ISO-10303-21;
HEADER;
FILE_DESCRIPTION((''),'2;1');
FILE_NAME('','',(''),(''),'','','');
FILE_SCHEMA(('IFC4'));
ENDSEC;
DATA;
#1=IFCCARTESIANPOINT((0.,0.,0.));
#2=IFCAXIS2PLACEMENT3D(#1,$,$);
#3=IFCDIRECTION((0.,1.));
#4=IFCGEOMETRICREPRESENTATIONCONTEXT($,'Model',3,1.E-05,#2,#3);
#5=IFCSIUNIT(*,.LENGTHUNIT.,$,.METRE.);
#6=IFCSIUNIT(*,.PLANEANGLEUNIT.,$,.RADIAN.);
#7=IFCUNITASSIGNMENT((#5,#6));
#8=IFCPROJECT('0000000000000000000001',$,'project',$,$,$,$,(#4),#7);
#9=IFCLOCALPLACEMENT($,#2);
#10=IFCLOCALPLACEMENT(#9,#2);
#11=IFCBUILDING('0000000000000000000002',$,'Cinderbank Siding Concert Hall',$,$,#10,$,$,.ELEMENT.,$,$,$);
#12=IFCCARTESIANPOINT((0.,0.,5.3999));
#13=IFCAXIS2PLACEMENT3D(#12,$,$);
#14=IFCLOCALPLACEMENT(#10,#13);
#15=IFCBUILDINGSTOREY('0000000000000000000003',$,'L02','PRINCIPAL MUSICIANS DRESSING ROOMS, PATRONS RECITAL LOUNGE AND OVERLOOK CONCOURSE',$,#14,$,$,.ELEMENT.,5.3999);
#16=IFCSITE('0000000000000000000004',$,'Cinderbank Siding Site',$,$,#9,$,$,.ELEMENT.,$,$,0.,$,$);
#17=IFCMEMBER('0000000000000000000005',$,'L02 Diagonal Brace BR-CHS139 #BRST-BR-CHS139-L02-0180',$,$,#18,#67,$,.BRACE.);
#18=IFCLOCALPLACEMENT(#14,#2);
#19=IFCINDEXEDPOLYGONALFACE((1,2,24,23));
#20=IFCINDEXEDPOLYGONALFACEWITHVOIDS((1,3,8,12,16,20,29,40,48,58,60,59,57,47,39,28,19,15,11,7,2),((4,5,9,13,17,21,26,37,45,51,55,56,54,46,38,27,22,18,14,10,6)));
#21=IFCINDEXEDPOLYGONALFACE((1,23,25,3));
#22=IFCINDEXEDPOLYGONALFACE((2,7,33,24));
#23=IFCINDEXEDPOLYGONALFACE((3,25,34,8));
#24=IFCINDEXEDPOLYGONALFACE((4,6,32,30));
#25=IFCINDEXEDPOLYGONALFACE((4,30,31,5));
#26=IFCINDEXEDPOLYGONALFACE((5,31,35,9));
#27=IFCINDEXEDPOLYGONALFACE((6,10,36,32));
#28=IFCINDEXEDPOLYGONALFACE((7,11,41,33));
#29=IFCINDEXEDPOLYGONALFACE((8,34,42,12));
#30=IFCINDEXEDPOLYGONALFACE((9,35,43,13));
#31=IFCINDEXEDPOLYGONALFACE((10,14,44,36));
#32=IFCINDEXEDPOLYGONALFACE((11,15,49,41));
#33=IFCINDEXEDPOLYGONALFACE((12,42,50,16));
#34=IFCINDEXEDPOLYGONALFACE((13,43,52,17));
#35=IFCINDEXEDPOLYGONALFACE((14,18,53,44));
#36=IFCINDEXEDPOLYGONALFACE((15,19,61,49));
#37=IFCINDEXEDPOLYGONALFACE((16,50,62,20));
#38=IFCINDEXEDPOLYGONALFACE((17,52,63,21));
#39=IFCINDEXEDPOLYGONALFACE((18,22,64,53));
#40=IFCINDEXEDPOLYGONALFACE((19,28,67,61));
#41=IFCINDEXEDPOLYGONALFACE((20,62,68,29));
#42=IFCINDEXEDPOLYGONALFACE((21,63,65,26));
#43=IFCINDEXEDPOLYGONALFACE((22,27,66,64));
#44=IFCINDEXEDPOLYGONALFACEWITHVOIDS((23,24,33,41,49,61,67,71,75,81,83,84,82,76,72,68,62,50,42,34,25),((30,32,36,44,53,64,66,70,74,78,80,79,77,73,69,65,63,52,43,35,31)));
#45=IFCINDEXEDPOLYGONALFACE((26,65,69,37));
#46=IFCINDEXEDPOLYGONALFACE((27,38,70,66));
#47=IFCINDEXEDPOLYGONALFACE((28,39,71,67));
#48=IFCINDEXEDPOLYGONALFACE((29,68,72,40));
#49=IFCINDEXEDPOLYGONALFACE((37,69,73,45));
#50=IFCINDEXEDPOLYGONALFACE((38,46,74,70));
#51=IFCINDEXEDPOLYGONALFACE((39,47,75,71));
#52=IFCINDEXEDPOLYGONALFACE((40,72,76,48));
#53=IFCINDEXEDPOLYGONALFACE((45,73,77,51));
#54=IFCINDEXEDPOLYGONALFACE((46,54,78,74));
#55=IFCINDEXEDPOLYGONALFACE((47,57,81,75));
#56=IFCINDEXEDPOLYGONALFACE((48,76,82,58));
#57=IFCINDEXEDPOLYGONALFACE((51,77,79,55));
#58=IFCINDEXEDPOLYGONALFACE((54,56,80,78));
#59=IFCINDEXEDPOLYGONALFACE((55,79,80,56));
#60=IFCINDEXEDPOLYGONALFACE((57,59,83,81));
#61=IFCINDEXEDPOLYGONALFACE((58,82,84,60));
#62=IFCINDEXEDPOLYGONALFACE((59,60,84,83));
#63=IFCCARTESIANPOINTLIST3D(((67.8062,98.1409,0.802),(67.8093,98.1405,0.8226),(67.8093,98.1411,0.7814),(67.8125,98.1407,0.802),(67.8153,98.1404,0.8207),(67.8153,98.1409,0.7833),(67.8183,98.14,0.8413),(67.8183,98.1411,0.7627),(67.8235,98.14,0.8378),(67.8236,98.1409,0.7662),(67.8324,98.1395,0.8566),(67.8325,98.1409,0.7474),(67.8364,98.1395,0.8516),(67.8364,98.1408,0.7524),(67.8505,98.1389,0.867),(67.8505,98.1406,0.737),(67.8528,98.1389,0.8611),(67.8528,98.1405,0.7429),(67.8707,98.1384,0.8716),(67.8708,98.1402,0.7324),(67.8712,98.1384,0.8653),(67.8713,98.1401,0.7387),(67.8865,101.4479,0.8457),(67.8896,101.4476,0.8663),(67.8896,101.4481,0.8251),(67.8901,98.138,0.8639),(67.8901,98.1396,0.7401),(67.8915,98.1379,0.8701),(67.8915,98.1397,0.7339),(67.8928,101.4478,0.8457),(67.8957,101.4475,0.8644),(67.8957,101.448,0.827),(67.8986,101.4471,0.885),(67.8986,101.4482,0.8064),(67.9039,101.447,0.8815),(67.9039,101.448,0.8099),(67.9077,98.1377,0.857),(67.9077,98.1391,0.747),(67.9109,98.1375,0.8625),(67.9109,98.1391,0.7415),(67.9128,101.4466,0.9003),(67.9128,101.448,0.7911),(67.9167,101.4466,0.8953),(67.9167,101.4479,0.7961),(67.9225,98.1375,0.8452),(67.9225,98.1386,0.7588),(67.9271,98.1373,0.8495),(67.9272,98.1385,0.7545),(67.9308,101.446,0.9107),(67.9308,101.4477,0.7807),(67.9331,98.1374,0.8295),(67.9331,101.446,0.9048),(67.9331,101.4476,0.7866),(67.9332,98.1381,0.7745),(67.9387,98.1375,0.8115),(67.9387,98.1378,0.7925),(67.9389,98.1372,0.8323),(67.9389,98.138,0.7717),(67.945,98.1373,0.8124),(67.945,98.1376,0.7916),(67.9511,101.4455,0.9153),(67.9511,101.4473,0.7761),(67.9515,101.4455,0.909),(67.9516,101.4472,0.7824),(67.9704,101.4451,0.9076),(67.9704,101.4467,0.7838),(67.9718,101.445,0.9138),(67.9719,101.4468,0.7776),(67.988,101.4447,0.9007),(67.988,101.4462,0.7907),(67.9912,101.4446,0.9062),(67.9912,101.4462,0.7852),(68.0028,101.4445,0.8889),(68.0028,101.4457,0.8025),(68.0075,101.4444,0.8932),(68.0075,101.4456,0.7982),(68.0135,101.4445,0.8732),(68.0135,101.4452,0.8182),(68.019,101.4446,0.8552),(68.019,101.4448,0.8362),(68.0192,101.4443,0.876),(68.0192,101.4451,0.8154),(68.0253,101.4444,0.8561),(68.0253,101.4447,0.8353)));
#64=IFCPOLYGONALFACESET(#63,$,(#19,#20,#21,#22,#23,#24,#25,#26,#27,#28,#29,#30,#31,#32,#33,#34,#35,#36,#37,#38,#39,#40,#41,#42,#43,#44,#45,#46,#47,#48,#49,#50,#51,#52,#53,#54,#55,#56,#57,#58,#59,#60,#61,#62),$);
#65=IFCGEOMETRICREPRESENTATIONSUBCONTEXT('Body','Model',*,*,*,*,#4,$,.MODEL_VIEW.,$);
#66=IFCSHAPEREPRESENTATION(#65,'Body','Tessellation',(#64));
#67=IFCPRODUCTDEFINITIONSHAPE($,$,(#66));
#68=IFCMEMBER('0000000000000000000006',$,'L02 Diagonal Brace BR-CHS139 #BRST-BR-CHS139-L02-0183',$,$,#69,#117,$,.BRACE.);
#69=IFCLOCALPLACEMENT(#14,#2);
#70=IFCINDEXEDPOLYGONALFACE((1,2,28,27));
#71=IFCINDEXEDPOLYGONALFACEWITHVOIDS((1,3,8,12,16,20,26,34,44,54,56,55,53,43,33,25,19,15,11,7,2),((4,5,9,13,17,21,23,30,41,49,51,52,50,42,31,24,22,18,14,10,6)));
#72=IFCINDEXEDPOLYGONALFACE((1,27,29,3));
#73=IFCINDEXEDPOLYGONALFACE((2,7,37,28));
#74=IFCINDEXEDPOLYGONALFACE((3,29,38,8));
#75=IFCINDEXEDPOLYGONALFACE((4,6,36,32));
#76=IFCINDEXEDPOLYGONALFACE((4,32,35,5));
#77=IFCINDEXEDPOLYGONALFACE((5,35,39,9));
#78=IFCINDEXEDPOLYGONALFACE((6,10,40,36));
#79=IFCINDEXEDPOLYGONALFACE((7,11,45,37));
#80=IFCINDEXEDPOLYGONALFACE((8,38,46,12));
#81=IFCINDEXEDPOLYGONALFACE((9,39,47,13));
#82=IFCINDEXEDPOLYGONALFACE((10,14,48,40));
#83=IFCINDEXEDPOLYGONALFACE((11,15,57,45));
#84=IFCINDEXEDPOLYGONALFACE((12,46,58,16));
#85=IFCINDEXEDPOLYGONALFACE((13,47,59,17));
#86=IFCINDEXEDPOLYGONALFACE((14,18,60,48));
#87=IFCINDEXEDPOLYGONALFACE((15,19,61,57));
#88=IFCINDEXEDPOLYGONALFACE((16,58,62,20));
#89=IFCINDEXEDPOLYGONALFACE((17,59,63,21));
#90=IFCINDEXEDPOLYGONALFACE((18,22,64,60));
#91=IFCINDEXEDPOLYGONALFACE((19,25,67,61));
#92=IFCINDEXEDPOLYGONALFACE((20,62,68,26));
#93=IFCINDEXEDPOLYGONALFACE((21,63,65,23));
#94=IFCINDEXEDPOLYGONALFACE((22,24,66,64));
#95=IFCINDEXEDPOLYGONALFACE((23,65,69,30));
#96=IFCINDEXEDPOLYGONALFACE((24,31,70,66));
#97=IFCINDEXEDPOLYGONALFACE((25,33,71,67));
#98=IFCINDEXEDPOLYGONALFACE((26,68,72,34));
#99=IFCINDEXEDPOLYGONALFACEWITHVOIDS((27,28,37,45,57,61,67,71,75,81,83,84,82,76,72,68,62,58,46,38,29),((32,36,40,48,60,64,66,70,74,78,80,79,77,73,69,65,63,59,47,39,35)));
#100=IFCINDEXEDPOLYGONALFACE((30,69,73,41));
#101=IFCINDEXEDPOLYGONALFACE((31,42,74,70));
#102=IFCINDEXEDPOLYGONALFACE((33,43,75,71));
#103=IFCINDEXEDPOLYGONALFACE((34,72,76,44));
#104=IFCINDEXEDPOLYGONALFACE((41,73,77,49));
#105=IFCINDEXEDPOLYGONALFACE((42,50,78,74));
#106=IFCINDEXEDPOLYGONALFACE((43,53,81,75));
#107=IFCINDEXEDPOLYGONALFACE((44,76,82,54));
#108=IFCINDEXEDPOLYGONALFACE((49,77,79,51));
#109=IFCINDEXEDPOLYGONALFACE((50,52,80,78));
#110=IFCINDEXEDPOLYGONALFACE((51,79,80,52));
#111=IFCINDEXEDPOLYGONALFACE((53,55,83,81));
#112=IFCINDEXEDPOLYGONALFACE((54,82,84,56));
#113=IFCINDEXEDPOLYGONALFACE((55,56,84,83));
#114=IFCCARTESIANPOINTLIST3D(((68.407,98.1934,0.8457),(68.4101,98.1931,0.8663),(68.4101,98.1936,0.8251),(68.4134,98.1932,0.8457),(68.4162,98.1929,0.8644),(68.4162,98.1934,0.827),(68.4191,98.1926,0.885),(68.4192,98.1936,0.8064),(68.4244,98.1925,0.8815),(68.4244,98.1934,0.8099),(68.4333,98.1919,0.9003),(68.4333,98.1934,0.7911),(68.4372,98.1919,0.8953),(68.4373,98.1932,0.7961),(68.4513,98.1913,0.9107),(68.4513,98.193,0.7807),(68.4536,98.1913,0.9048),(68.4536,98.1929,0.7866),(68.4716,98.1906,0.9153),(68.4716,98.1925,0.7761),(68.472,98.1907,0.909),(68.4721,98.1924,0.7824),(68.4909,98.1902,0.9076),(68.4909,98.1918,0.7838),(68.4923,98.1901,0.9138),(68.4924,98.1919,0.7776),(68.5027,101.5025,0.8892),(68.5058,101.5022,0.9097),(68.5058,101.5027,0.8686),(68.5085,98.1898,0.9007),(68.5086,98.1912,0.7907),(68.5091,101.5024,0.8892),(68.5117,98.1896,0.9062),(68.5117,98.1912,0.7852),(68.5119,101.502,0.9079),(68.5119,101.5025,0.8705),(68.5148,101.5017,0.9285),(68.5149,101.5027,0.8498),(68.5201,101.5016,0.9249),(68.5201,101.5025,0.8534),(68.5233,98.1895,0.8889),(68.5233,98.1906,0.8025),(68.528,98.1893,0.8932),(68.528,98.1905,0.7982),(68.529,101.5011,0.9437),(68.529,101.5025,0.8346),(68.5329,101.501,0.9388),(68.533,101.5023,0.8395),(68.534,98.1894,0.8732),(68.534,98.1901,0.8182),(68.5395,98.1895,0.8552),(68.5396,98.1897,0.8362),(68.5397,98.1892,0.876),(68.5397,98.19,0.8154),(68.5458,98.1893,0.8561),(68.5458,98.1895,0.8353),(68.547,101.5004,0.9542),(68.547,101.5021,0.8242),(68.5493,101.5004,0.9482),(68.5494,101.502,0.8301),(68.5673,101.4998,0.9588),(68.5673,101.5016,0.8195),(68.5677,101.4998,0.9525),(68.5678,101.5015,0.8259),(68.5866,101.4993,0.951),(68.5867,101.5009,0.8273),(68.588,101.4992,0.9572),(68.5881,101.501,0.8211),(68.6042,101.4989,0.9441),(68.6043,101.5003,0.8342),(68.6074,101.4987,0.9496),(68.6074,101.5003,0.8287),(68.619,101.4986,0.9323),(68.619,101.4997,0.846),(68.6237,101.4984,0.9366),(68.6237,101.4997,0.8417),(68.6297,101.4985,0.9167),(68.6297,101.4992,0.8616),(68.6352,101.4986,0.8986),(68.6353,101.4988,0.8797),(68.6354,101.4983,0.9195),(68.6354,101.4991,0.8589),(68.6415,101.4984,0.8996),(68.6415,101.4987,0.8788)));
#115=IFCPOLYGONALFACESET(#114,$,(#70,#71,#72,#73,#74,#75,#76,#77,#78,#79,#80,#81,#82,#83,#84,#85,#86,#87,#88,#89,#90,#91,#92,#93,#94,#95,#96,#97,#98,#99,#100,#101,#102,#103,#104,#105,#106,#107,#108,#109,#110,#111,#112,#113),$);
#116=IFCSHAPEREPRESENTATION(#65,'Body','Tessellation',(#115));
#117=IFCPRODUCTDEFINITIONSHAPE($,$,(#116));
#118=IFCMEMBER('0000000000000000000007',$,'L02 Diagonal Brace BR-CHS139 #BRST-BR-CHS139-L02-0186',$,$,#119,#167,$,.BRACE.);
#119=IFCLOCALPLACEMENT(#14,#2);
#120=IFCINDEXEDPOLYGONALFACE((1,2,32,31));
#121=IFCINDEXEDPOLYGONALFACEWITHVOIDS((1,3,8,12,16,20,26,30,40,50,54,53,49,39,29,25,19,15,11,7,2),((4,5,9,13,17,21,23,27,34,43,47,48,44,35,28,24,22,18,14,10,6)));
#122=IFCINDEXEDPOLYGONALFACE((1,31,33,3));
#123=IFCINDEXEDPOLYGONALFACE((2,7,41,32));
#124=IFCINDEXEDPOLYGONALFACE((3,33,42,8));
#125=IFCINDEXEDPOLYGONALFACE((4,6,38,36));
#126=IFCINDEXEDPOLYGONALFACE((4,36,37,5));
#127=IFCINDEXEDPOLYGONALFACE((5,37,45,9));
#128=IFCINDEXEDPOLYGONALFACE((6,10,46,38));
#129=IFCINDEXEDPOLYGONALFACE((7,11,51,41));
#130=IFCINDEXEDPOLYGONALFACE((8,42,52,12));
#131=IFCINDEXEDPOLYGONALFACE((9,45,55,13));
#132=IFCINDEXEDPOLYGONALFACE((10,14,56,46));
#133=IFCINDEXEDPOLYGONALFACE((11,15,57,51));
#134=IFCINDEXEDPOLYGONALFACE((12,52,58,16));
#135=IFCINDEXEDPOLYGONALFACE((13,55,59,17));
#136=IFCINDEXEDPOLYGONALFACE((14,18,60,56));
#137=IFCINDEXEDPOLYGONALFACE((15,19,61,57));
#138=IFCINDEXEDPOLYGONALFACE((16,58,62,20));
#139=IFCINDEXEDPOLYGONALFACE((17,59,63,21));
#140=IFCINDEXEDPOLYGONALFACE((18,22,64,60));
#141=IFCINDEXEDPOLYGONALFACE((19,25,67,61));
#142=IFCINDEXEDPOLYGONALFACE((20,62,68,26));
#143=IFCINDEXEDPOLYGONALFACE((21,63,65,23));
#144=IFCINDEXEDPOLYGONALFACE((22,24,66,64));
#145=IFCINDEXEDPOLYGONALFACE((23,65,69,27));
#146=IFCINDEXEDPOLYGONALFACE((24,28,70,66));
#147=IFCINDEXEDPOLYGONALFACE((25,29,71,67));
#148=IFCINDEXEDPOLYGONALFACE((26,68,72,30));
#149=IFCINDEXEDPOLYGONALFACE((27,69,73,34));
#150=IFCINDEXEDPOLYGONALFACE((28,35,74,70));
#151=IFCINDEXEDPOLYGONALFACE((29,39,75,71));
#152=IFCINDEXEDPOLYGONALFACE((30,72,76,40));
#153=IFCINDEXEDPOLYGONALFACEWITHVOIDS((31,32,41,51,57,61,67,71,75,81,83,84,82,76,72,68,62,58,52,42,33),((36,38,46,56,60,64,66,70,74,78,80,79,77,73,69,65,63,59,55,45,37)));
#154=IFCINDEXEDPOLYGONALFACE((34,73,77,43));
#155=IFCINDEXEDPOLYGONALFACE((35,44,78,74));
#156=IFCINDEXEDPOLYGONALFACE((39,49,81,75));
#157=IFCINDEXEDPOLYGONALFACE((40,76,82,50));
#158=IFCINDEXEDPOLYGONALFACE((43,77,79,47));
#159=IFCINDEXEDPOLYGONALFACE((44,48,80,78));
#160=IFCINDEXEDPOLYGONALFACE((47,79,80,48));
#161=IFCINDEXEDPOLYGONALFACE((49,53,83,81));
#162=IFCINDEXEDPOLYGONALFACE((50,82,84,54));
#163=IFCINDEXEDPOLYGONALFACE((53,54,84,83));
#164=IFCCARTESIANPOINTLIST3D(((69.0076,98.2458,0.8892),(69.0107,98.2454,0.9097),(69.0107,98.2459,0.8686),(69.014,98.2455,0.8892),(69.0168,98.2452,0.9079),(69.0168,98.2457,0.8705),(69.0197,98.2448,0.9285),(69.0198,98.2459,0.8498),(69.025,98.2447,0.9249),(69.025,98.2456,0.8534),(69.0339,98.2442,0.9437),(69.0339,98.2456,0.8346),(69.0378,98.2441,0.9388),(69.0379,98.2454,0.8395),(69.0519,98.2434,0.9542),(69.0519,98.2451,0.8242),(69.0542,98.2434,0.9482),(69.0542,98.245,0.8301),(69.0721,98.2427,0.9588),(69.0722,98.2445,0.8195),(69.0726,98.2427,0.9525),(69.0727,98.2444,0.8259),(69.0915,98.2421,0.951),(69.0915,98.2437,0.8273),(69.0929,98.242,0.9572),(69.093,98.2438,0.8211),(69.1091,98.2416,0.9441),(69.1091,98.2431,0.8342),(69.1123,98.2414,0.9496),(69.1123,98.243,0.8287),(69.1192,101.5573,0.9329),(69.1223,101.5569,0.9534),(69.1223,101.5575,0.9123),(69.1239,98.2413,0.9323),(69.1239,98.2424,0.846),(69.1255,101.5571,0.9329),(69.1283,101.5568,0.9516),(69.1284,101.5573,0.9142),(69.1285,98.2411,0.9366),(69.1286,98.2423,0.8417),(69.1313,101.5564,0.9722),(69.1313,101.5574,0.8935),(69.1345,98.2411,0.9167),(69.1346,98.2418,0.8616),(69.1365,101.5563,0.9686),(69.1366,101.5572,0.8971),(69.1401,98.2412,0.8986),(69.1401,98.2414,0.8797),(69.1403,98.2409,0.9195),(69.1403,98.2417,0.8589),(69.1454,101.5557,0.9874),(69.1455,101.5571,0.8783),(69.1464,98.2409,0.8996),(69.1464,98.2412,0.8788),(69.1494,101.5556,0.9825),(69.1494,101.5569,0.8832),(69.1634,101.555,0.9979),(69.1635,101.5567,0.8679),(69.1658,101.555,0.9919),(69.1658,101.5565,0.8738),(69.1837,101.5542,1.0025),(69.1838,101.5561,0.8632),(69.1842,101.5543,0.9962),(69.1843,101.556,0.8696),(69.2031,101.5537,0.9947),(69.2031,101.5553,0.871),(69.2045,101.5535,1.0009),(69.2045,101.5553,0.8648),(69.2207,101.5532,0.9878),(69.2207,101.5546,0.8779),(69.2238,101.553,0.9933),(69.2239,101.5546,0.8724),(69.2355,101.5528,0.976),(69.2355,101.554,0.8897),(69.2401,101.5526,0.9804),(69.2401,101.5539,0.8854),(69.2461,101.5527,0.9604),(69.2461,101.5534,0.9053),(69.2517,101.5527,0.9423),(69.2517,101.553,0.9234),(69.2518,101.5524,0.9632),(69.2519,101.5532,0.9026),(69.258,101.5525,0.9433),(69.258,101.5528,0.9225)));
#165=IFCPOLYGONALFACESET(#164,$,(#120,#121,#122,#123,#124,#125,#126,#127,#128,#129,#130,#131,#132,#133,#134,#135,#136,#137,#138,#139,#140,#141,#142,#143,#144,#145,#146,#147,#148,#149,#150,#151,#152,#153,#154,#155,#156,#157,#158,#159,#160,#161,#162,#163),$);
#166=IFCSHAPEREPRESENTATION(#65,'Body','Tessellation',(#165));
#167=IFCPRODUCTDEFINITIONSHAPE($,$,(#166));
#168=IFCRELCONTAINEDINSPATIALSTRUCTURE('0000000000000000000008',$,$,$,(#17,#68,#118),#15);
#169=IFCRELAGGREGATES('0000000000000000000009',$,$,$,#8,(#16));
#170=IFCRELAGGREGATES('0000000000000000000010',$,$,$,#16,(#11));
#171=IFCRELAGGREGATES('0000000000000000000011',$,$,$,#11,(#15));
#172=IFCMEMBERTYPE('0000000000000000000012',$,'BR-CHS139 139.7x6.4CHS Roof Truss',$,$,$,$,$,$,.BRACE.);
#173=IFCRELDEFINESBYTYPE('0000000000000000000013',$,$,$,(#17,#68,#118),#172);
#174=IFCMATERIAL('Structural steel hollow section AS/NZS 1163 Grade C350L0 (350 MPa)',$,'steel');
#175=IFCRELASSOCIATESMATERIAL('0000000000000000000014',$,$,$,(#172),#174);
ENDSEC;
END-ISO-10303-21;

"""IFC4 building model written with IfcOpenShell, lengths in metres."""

from ifc_helpers import new_model, si_unit, direction, frame, origin, origin_2d, place, context, subcontext, project, spatial, hollow_circle, extrude, material, material_profile, profile_set, type_object, element, save


model = new_model("IFC4")

# Units and contexts
model_context = context("Model", 3, precision=1e-05, world=origin(), true_north=direction((0.0, 1.0)))
body_context = subcontext(model_context, "Body", "Model", "MODEL_VIEW")
ifc_project = project(units=[si_unit("LENGTHUNIT", "METRE"), si_unit("PLANEANGLEUNIT", "RADIAN")], contexts=[model_context])

# Site, building, storey
site_placement = place(None, origin())
site = spatial("IfcSite", under=ifc_project, at=site_placement, Name="Cinderbank Siding Site", CompositionType="ELEMENT", RefElevation=0.0)
building_placement = place(site_placement, origin())
building = spatial("IfcBuilding", under=site, at=building_placement, Name="Cinderbank Siding Concert Hall", CompositionType="ELEMENT")
storey_placement = place(building_placement, frame((0.0, 0.0, 5.3999)))
storey = spatial("IfcBuildingStorey", under=building, at=storey_placement, Name="L02", Description="PRINCIPAL MUSICIANS DRESSING ROOMS, PATRONS RECITAL LOUNGE AND OVERLOOK CONCOURSE", CompositionType="ELEMENT", Elevation=5.3999)

# Members
ifc_material_1 = material(Name="Structural steel hollow section AS/NZS 1163 Grade C350L0 (350 MPa)", Category="steel")
ifc_material_profile_1 = material_profile(ifc_material_1, hollow_circle(Radius=0.0698, WallThickness=0.0063, at=origin_2d()), Name="139.7x6.4CHS", Category="LoadBearing")
ifc_profile_set_1 = profile_set([ifc_material_profile_1], Name="Structural steel hollow section AS/NZS 1163 Grade C350L0 (350 MPa)")
member_type_1 = type_object("IfcMemberType", Name="BR-CHS139 139.7x6.4CHS Roof Truss", PredefinedType="BRACE", material=ifc_profile_set_1)
member_1_placement = place(storey_placement, frame((67.876, 98.1392, 0.802), z_axis=(0.024278, 0.999618, 0.013209), x_axis=(-0.999705, 0.02428, 0.0)))
element("IfcMember", 1, at=member_1_placement, inside=storey, type_object=member_type_1, Name="L02 Diagonal Brace BR-CHS139 #BRST-BR-CHS139-L02-0180", PredefinedType="BRACE", context=body_context, shape_type="SweptSolid", body=[
    extrude(hollow_circle(Radius=0.0698, WallThickness=0.0063, at=origin_2d()), origin(), (0.0, 0.0, 1.0), 3.3083),
])
member_2_placement = place(storey_placement, frame((68.4768, 98.1914, 0.8457), z_axis=(0.028907, 0.999496, 0.013126), x_axis=(-0.999582, 0.028909, 0.0)))
element("IfcMember", 2, at=member_2_placement, inside=storey, type_object=member_type_1, Name="L02 Diagonal Brace BR-CHS139 #BRST-BR-CHS139-L02-0183", PredefinedType="BRACE", context=body_context, shape_type="SweptSolid", body=[
    extrude(hollow_circle(Radius=0.0698, WallThickness=0.0063, at=origin_2d()), origin(), (0.0, 0.0, 1.0), 3.3108),
])
member_3_placement = place(storey_placement, frame((69.0774, 98.2434, 0.8892), z_axis=(0.03367, 0.999346, 0.013188), x_axis=(-0.999433, 0.033673, 0.0)))
element("IfcMember", 3, at=member_3_placement, inside=storey, type_object=member_type_1, Name="L02 Diagonal Brace BR-CHS139 #BRST-BR-CHS139-L02-0186", PredefinedType="BRACE", context=body_context, shape_type="SweptSolid", body=[
    extrude(hollow_circle(Radius=0.0698, WallThickness=0.0063, at=origin_2d()), origin(), (0.0, 0.0, 1.0), 3.3137),
])

save(model, "model.ifc")
